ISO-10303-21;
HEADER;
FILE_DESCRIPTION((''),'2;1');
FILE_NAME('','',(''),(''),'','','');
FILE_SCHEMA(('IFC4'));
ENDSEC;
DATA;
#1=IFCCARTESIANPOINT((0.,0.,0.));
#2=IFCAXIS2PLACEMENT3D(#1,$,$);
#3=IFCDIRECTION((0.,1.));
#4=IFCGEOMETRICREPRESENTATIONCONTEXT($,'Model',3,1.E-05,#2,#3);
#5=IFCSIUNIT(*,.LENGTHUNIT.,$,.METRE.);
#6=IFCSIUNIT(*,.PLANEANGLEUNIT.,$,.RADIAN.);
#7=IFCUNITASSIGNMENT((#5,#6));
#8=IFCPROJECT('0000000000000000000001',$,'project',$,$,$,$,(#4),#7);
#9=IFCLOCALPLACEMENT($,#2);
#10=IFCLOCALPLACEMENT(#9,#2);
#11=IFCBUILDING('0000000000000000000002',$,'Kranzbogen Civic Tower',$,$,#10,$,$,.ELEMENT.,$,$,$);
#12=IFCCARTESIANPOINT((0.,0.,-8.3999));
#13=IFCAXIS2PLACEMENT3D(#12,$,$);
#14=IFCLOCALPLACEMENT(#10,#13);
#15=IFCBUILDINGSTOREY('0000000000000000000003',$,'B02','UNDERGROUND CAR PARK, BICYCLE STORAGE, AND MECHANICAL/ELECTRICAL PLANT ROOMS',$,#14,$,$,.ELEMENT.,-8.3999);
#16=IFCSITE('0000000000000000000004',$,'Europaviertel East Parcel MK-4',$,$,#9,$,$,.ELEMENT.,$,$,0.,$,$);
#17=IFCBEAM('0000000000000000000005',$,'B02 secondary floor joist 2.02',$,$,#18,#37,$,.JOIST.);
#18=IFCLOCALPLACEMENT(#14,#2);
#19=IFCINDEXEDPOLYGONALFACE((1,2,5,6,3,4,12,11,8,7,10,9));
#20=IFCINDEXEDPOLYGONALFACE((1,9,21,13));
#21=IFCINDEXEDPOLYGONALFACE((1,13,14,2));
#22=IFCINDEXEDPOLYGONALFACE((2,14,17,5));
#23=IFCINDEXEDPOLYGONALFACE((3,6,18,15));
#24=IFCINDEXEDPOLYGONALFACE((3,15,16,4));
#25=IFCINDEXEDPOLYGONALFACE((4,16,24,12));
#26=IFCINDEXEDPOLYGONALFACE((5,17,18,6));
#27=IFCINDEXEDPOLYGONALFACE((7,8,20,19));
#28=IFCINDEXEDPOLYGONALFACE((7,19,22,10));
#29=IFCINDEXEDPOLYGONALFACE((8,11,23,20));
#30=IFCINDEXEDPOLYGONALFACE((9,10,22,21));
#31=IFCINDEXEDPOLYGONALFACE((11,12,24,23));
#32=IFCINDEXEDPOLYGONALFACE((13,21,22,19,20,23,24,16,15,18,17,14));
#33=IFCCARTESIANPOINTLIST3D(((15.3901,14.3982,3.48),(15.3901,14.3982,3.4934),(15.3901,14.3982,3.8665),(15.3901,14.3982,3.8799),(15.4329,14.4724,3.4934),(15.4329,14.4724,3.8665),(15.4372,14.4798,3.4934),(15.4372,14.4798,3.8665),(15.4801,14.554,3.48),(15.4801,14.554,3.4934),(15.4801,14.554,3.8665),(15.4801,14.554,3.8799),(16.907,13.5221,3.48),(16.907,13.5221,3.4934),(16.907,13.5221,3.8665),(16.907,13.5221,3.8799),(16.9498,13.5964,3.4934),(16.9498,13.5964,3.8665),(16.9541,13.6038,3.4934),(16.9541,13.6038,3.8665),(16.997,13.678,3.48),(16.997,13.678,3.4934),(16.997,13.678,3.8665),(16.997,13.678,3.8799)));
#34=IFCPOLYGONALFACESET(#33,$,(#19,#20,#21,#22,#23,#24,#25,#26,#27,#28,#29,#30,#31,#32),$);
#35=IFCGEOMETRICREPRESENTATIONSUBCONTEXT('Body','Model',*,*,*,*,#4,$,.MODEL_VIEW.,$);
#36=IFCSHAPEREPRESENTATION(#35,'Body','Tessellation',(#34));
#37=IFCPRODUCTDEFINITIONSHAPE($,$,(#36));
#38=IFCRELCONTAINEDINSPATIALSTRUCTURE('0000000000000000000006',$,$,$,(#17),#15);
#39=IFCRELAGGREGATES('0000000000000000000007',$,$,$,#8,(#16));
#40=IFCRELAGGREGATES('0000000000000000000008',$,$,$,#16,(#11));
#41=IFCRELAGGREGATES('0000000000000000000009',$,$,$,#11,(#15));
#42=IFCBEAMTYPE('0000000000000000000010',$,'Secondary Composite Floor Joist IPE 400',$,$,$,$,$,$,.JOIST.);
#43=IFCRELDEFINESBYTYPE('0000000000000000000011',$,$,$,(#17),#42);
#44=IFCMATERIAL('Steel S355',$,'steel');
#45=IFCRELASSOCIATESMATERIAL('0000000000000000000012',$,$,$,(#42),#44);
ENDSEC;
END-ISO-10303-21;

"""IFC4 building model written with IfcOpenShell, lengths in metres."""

from ifc_helpers import new_model, si_unit, direction, frame, origin, origin_2d, place, context, subcontext, project, spatial, i_section, extrude, material, material_profile, profile_set, type_object, element, save


model = new_model("IFC4")

# Units and contexts
model_context = context("Model", 3, precision=1e-05, world=origin(), true_north=direction((0.0, 1.0)))
body_context = subcontext(model_context, "Body", "Model", "MODEL_VIEW")
ifc_project = project(units=[si_unit("LENGTHUNIT", "METRE"), si_unit("PLANEANGLEUNIT", "RADIAN")], contexts=[model_context])

# Site, building, storey
site_placement = place(None, origin())
site = spatial("IfcSite", under=ifc_project, at=site_placement, Name="Europaviertel East Parcel MK-4", CompositionType="ELEMENT", RefElevation=0.0)
building_placement = place(site_placement, origin())
building = spatial("IfcBuilding", under=site, at=building_placement, Name="Kranzbogen Civic Tower", CompositionType="ELEMENT")
storey_placement = place(building_placement, frame((0.0, 0.0, -8.3999)))
storey = spatial("IfcBuildingStorey", under=building, at=storey_placement, Name="B02", Description="UNDERGROUND CAR PARK, BICYCLE STORAGE, AND MECHANICAL/ELECTRICAL PLANT ROOMS", CompositionType="ELEMENT", Elevation=-8.3999)

# Beam
ifc_material_1 = material(Name="Steel S355", Category="steel")
ifc_material_profile_1 = material_profile(ifc_material_1, i_section(OverallWidth=0.1799, OverallDepth=0.3999, WebThickness=0.0085, FlangeThickness=0.0134, at=origin_2d()), Name="IPE 400")
ifc_profile_set_1 = profile_set([ifc_material_profile_1], Name="Steel S355")
beam_type_1 = type_object("IfcBeamType", Name="Secondary Composite Floor Joist IPE 400", PredefinedType="JOIST", material=ifc_profile_set_1)
beam_1_placement = place(storey_placement, frame((15.4351, 14.4761, 3.6799), z_axis=(0.86597, -0.500096, 0.0), x_axis=(0.500096, 0.86597, 0.0)))
element("IfcBeam", 1, at=beam_1_placement, inside=storey, type_object=beam_type_1, Name="B02 secondary floor joist 2.02", PredefinedType="JOIST", context=body_context, shape_type="SweptSolid", body=[
    extrude(i_section(OverallWidth=0.1799, OverallDepth=0.3999, WebThickness=0.0085, FlangeThickness=0.0134, at=origin_2d()), origin(), (0.0, 0.0, 1.0), 1.7517),
])

save(model, "model.ifc")
